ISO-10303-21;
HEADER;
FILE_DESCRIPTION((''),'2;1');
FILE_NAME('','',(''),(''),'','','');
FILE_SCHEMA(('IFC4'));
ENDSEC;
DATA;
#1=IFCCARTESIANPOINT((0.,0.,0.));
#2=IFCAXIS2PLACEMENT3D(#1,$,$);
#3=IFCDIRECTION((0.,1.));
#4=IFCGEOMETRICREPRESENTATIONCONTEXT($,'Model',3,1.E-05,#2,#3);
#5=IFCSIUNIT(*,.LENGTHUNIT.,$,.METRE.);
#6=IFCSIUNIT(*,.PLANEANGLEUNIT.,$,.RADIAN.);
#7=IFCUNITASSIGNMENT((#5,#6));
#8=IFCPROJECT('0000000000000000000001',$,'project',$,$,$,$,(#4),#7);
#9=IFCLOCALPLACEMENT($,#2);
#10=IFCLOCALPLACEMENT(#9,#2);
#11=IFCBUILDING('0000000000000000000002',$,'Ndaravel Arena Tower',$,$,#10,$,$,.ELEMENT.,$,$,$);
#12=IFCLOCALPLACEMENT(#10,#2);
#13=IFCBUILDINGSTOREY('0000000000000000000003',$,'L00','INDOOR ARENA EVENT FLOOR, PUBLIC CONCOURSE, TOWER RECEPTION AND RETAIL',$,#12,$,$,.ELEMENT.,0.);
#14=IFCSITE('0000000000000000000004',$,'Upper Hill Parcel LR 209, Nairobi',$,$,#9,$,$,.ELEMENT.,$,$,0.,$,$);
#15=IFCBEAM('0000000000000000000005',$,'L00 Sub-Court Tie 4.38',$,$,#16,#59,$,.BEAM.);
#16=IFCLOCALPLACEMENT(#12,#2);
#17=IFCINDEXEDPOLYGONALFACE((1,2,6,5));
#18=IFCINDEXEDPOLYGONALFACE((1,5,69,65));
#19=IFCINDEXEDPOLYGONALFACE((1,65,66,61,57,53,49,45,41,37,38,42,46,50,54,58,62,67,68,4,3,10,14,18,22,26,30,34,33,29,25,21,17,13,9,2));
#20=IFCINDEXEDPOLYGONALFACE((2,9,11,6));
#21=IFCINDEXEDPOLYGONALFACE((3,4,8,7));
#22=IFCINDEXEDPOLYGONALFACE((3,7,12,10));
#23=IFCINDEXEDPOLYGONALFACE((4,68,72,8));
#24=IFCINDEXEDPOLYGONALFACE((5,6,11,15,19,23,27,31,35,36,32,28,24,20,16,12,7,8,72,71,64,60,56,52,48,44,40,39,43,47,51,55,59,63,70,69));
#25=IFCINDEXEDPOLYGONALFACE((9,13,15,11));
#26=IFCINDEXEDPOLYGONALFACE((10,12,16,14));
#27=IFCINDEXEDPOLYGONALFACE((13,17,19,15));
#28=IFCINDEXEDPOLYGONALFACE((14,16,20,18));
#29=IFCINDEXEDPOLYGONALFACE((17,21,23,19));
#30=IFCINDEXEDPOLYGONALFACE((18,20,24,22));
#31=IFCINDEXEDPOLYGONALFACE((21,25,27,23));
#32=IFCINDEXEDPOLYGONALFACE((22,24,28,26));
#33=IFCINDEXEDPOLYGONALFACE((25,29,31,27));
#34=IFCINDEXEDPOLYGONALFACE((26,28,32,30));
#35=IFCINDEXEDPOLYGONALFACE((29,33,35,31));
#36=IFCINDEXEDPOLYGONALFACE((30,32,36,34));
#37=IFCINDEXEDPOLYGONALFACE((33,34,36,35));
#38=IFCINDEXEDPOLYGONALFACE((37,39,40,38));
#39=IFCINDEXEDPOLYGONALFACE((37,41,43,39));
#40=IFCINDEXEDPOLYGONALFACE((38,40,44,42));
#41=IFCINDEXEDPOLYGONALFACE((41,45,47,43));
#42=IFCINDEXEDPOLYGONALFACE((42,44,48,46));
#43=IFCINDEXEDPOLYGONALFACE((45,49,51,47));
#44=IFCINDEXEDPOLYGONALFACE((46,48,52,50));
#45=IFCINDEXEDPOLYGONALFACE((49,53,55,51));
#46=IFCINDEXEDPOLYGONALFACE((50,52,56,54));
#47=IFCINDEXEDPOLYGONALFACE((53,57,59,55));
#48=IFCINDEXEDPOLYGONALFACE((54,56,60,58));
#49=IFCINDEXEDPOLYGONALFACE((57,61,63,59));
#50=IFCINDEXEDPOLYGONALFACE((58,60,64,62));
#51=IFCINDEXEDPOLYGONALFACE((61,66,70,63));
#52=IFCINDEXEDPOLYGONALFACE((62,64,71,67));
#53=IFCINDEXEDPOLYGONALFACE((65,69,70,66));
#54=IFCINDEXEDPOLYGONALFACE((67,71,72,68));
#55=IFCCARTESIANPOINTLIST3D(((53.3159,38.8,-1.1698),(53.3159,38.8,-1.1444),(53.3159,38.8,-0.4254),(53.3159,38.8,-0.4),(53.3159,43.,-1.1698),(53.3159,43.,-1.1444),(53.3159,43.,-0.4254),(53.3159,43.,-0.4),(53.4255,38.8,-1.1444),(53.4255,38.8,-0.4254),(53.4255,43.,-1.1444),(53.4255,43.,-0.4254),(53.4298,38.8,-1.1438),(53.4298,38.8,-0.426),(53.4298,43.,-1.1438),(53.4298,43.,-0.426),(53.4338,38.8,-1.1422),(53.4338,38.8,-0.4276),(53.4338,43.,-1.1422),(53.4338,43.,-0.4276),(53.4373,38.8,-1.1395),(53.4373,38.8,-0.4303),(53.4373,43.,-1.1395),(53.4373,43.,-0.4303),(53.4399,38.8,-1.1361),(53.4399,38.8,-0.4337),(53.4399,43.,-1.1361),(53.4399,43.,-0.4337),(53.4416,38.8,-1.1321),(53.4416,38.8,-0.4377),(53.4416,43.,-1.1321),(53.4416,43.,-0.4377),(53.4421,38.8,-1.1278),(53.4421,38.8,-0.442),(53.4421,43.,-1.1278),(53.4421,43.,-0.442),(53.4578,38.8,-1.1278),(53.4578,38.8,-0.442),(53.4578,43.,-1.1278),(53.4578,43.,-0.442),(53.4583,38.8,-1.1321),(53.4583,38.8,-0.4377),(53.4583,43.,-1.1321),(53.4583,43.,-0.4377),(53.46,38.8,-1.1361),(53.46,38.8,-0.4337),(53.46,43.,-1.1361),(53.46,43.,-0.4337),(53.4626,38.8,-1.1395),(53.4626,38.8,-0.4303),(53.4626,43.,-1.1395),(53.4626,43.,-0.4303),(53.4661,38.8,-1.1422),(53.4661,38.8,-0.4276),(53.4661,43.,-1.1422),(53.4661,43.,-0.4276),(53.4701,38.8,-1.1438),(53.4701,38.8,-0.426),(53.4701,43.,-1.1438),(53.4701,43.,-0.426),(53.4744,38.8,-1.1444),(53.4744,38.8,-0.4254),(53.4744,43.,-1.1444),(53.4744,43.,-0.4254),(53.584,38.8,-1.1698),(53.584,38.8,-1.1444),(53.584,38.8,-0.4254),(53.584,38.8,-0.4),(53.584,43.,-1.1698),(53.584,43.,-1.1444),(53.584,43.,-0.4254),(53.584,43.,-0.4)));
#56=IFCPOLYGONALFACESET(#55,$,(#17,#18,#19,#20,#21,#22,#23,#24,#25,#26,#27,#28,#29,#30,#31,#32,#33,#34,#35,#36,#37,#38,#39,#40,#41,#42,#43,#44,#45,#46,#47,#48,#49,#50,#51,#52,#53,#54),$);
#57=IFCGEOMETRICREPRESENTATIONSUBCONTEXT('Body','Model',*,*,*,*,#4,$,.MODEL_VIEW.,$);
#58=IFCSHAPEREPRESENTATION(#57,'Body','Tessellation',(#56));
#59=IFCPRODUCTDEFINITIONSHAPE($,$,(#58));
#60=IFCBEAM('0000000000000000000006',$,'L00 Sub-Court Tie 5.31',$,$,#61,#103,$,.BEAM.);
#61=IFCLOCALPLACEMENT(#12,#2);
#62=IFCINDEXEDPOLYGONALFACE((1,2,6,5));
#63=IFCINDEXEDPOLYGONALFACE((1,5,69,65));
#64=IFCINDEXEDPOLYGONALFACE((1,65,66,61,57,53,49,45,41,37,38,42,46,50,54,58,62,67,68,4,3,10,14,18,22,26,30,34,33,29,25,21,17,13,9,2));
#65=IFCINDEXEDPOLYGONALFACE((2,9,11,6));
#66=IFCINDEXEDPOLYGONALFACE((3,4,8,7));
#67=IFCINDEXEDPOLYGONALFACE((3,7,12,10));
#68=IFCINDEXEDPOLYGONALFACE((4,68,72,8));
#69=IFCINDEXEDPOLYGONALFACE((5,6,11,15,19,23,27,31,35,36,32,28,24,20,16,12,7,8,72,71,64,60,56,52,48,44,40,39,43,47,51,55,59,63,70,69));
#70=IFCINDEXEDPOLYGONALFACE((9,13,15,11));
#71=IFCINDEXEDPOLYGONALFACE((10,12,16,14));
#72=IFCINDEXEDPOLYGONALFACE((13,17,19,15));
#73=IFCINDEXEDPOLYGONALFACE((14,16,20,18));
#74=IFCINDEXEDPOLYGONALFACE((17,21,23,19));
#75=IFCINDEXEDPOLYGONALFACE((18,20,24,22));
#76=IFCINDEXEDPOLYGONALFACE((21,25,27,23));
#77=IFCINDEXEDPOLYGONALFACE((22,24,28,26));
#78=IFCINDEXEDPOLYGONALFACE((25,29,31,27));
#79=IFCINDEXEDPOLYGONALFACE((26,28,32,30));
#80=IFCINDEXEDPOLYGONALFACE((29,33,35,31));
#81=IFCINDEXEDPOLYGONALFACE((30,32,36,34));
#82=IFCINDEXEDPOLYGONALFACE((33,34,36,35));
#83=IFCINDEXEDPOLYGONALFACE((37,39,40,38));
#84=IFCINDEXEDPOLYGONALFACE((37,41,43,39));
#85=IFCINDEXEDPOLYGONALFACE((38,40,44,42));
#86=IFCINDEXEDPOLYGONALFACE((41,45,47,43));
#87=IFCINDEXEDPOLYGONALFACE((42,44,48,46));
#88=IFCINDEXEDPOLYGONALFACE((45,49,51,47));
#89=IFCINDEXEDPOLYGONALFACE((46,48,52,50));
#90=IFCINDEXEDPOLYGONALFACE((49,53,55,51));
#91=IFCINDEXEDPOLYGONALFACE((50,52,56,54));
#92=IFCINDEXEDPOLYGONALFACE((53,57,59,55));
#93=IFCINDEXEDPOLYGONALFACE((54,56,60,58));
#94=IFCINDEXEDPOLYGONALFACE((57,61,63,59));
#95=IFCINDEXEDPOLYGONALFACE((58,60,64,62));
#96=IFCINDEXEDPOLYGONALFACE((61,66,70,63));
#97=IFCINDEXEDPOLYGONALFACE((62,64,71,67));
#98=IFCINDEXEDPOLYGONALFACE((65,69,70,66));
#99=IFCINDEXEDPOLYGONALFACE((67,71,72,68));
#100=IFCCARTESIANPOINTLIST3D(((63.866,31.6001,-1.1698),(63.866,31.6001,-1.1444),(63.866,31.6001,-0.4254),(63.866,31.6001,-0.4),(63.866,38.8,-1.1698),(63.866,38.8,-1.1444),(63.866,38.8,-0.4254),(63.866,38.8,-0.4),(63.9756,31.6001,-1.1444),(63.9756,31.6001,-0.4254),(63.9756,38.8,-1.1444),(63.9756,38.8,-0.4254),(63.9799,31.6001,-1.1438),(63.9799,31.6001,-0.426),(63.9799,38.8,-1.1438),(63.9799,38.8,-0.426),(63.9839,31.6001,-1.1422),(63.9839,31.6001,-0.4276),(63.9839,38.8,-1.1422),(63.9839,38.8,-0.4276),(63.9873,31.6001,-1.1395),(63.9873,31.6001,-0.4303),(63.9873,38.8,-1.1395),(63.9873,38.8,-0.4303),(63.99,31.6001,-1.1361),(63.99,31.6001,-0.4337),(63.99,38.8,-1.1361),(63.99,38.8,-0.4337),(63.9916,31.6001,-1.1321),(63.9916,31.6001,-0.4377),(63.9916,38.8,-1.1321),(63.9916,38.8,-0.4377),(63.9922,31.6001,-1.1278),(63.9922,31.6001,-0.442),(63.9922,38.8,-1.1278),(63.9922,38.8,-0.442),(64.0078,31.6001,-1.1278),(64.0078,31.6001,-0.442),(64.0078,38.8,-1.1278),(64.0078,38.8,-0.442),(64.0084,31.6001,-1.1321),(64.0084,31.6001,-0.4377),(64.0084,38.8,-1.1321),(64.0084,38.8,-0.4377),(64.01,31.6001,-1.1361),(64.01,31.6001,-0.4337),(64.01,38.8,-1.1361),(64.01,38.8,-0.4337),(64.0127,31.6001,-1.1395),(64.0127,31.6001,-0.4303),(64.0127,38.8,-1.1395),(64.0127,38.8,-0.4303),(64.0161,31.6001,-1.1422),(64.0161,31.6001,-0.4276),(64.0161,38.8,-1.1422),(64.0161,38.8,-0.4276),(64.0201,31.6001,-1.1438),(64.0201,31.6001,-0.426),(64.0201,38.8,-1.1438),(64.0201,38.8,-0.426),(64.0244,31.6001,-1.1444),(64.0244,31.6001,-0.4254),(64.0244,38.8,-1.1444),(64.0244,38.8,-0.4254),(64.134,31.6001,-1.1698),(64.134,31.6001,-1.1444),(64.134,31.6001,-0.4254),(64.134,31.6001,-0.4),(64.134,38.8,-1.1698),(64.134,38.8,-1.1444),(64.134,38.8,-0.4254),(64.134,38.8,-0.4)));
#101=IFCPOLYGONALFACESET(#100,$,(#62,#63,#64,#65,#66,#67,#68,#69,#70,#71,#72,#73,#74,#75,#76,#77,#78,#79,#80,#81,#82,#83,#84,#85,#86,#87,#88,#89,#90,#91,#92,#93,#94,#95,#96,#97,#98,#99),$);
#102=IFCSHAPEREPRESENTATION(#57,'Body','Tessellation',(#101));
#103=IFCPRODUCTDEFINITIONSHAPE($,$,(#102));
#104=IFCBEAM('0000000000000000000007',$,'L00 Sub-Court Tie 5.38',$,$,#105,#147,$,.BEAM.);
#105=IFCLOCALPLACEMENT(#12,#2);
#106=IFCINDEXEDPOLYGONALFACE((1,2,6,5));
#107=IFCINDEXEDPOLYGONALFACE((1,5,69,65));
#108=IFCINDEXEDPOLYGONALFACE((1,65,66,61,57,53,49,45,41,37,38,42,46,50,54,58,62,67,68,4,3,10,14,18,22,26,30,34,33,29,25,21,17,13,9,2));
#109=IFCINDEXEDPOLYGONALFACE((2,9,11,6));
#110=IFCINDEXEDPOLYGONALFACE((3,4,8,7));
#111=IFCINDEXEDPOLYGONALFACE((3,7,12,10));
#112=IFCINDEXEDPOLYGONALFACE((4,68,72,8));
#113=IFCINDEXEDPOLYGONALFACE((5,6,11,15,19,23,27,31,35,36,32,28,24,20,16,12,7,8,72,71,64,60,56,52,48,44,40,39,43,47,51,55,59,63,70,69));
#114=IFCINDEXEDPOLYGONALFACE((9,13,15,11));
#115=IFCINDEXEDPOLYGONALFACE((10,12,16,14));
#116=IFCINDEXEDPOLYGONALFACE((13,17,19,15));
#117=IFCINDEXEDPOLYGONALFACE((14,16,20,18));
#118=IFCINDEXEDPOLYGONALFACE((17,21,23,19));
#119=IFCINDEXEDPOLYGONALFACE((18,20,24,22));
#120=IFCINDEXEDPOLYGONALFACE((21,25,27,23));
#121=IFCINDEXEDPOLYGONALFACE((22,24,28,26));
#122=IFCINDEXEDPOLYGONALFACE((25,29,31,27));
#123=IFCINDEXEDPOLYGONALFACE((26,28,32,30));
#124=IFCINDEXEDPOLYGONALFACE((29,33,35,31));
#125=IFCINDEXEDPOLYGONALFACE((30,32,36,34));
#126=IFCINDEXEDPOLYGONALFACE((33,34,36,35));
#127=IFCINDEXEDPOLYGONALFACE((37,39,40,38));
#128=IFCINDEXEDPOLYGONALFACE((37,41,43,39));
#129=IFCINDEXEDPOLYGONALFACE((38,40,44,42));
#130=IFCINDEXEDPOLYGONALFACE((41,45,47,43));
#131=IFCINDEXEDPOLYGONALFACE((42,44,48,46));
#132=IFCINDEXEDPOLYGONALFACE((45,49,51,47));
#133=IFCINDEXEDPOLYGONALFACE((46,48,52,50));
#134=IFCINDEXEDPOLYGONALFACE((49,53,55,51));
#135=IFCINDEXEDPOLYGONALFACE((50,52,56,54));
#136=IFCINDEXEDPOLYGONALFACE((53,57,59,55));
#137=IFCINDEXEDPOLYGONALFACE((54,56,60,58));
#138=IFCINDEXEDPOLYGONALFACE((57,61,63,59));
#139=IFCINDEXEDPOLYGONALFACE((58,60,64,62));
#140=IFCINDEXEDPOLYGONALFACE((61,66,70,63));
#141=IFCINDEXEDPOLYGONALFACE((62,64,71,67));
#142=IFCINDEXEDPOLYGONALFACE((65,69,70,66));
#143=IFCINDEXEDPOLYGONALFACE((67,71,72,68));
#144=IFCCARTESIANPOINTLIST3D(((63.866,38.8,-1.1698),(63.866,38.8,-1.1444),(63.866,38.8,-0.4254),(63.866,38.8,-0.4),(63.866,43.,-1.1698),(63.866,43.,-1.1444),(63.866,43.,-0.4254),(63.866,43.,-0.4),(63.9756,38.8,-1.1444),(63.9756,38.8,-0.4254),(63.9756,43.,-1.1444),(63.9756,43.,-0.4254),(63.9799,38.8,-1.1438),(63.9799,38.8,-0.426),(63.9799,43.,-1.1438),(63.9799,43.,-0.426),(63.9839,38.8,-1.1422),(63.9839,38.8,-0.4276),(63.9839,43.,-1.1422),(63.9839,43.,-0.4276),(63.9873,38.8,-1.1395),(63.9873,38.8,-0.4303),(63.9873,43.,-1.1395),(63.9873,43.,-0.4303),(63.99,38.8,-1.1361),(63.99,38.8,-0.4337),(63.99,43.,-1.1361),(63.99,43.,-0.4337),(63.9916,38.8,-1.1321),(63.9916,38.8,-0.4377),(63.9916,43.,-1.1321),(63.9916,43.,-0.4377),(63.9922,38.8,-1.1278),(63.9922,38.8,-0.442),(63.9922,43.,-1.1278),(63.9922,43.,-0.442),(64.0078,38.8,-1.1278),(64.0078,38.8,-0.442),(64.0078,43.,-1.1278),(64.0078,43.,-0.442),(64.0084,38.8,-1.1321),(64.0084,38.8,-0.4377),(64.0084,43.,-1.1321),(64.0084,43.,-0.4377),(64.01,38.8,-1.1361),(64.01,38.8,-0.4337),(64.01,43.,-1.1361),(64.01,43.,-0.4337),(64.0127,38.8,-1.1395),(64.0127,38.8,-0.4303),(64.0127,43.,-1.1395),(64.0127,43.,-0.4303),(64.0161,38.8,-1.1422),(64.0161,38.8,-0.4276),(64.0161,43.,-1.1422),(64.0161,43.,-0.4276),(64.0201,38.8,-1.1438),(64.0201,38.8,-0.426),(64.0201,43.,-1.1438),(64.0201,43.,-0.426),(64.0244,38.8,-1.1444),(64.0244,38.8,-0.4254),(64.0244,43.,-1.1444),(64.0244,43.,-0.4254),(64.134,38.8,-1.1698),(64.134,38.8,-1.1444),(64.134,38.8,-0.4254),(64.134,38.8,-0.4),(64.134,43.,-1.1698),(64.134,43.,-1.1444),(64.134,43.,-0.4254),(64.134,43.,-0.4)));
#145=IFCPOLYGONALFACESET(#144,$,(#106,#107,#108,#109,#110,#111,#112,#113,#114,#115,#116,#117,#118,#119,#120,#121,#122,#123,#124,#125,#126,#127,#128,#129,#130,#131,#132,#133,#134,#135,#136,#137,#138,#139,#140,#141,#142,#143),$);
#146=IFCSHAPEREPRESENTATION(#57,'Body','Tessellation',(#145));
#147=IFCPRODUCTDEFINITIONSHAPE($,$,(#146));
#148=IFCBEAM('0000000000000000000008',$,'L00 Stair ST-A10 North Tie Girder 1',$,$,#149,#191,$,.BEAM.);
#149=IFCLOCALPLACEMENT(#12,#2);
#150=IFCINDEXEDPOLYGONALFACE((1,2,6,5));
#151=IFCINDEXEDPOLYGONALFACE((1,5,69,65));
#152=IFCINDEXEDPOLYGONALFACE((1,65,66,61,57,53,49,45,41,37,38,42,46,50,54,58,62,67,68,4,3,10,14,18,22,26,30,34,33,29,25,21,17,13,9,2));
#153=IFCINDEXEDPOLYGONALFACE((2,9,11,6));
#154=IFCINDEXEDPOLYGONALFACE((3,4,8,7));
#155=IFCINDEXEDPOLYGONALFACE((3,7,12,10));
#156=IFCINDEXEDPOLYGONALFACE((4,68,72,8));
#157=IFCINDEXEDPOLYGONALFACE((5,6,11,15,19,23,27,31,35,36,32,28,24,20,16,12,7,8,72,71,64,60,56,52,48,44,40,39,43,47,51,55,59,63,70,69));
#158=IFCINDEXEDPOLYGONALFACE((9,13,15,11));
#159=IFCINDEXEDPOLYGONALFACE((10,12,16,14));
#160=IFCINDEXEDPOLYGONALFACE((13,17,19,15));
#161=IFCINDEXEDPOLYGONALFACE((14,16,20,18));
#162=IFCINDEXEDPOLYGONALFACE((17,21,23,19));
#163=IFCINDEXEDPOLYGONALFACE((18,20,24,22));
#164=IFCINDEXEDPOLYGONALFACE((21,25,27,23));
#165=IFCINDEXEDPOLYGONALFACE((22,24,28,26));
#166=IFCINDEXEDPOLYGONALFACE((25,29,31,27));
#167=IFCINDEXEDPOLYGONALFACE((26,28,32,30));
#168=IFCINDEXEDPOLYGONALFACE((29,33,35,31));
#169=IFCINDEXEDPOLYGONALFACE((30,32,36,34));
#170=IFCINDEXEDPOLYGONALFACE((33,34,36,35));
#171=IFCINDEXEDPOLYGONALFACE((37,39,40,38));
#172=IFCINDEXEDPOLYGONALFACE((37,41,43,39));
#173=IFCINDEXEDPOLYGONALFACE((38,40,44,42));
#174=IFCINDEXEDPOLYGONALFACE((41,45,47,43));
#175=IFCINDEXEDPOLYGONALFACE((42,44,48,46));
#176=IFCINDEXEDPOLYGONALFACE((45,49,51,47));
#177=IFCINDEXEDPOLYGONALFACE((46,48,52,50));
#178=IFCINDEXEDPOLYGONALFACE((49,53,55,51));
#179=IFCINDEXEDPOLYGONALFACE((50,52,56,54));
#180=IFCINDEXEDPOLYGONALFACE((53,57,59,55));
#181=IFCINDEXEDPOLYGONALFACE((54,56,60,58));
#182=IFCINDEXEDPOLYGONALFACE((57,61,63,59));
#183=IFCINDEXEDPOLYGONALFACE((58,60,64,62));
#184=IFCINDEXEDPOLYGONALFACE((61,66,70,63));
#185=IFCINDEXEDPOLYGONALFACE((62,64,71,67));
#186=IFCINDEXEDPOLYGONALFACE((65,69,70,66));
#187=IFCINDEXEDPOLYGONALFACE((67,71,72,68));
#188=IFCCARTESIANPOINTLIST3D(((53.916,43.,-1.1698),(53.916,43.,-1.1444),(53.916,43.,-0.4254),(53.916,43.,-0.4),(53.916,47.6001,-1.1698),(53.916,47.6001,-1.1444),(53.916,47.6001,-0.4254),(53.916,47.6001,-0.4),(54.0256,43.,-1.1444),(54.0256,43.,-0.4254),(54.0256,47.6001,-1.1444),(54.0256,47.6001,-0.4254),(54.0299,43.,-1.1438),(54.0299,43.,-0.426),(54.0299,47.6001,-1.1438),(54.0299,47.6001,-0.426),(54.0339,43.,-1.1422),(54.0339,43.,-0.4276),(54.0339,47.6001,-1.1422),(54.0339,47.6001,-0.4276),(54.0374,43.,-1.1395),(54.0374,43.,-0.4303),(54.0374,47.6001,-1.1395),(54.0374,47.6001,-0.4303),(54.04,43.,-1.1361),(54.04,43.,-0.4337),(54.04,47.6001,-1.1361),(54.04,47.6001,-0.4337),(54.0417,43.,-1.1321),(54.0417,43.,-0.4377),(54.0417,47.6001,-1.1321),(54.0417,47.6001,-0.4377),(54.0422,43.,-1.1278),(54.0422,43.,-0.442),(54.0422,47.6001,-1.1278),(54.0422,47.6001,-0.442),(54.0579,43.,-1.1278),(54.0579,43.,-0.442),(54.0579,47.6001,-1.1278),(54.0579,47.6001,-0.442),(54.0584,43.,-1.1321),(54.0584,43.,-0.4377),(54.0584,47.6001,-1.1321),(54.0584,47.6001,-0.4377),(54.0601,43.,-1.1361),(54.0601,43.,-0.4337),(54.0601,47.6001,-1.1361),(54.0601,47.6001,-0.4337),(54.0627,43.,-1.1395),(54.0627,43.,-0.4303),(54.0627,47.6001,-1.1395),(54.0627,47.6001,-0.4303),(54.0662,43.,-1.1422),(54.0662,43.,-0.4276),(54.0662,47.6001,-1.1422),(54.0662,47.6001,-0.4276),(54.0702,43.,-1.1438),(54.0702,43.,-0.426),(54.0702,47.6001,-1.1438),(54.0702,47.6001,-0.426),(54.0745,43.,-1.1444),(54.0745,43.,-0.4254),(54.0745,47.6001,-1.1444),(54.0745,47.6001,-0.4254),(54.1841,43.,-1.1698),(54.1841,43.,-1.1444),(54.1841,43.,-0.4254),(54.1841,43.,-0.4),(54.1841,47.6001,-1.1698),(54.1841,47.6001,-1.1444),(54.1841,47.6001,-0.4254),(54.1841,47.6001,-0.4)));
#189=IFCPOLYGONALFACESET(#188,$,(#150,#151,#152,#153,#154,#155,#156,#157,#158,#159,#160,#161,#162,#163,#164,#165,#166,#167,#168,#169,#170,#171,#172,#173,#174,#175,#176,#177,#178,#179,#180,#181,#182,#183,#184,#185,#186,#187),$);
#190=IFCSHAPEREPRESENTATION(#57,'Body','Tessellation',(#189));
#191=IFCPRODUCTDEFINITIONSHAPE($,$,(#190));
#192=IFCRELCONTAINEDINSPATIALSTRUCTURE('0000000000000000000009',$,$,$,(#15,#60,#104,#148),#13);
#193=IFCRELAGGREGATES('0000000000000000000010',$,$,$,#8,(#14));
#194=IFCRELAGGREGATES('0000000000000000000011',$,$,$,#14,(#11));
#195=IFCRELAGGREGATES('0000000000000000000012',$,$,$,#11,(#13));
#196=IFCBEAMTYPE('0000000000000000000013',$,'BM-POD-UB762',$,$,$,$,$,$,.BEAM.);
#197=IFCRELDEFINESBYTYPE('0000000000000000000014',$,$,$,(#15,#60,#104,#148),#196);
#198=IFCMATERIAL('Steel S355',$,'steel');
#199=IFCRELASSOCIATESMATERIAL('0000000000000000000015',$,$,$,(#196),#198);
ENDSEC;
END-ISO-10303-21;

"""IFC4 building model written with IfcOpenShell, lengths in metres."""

from ifc_helpers import new_model, si_unit, direction, frame, origin, origin_2d, place, context, subcontext, project, spatial, i_section, extrude, material, material_profile, profile_set, type_object, element, save


model = new_model("IFC4")

# Units and contexts
model_context = context("Model", 3, precision=1e-05, world=origin(), true_north=direction((0.0, 1.0)))
body_context = subcontext(model_context, "Body", "Model", "MODEL_VIEW")
ifc_project = project(units=[si_unit("LENGTHUNIT", "METRE"), si_unit("PLANEANGLEUNIT", "RADIAN")], contexts=[model_context])

# Site, building, storey
site_placement = place(None, origin())
site = spatial("IfcSite", under=ifc_project, at=site_placement, Name="Upper Hill Parcel LR 209, Nairobi", CompositionType="ELEMENT", RefElevation=0.0)
building_placement = place(site_placement, origin())
building = spatial("IfcBuilding", under=site, at=building_placement, Name="Ndaravel Arena Tower", CompositionType="ELEMENT")
storey_placement = place(building_placement, origin())
storey = spatial("IfcBuildingStorey", under=building, at=storey_placement, Name="L00", Description="INDOOR ARENA EVENT FLOOR, PUBLIC CONCOURSE, TOWER RECEPTION AND RETAIL", CompositionType="ELEMENT", Elevation=0.0)

# Beams
ifc_material_1 = material(Name="Steel S355", Category="steel")
ifc_material_profile_1 = material_profile(ifc_material_1, i_section(OverallWidth=0.2681, OverallDepth=0.7698, WebThickness=0.0156, FlangeThickness=0.0254, FilletRadius=0.0166, at=origin_2d()), Name="UB 762x267x197")
ifc_profile_set_1 = profile_set([ifc_material_profile_1], Name="Steel S355")
beam_type_1 = type_object("IfcBeamType", Name="BM-POD-UB762", PredefinedType="BEAM", material=ifc_profile_set_1)
for number, where, z_axis, x_axis, name in (
    (1, (53.45, 38.8, -0.7849), (0.0, 1.0, 0.0), (-1.0, 0.0, 0.0), "L00 Sub-Court Tie 4.38"),
):
    element("IfcBeam", number, at=place(storey_placement, frame(where, z_axis=z_axis, x_axis=x_axis)), inside=storey, type_object=beam_type_1, Name=name, PredefinedType="BEAM", context=body_context, shape_type="SweptSolid", body=[
        extrude(i_section(OverallWidth=0.2681, OverallDepth=0.7698, WebThickness=0.0156, FlangeThickness=0.0254, FilletRadius=0.0166, at=origin_2d()), origin(), (0.0, 0.0, 1.0), 4.2),
    ])
beam_1_placement = place(storey_placement, frame((64.0, 31.6001, -0.7849), z_axis=(0.0, 1.0, 0.0), x_axis=(-1.0, 0.0, 0.0)))
element("IfcBeam", 2, at=beam_1_placement, inside=storey, type_object=beam_type_1, Name="L00 Sub-Court Tie 5.31", PredefinedType="BEAM", context=body_context, shape_type="SweptSolid", body=[
    extrude(i_section(OverallWidth=0.2681, OverallDepth=0.7698, WebThickness=0.0156, FlangeThickness=0.0254, FilletRadius=0.0166, at=origin_2d()), origin(), (0.0, 0.0, 1.0), 7.2),
])
beam_2_placement = place(storey_placement, frame((64.0, 38.8, -0.7849), z_axis=(0.0, 1.0, 0.0), x_axis=(-1.0, 0.0, 0.0)))
element("IfcBeam", 3, at=beam_2_placement, inside=storey, type_object=beam_type_1, Name="L00 Sub-Court Tie 5.38", PredefinedType="BEAM", context=body_context, shape_type="SweptSolid", body=[
    extrude(i_section(OverallWidth=0.2681, OverallDepth=0.7698, WebThickness=0.0156, FlangeThickness=0.0254, FilletRadius=0.0166, at=origin_2d()), origin(), (0.0, 0.0, 1.0), 4.2),
])
for number, where, z_axis, x_axis, name in (
    (4, (54.05, 43.0, -0.7849), (0.0, 1.0, 0.0), (-1.0, 0.0, 0.0), "L00 Stair ST-A10 North Tie Girder 1"),
):
    element("IfcBeam", number, at=place(storey_placement, frame(where, z_axis=z_axis, x_axis=x_axis)), inside=storey, type_object=beam_type_1, Name=name, PredefinedType="BEAM", context=body_context, shape_type="SweptSolid", body=[
        extrude(i_section(OverallWidth=0.2681, OverallDepth=0.7698, WebThickness=0.0156, FlangeThickness=0.0254, FilletRadius=0.0166, at=origin_2d()), origin(), (0.0, 0.0, 1.0), 4.6001),
    ])

save(model, "model.ifc")
